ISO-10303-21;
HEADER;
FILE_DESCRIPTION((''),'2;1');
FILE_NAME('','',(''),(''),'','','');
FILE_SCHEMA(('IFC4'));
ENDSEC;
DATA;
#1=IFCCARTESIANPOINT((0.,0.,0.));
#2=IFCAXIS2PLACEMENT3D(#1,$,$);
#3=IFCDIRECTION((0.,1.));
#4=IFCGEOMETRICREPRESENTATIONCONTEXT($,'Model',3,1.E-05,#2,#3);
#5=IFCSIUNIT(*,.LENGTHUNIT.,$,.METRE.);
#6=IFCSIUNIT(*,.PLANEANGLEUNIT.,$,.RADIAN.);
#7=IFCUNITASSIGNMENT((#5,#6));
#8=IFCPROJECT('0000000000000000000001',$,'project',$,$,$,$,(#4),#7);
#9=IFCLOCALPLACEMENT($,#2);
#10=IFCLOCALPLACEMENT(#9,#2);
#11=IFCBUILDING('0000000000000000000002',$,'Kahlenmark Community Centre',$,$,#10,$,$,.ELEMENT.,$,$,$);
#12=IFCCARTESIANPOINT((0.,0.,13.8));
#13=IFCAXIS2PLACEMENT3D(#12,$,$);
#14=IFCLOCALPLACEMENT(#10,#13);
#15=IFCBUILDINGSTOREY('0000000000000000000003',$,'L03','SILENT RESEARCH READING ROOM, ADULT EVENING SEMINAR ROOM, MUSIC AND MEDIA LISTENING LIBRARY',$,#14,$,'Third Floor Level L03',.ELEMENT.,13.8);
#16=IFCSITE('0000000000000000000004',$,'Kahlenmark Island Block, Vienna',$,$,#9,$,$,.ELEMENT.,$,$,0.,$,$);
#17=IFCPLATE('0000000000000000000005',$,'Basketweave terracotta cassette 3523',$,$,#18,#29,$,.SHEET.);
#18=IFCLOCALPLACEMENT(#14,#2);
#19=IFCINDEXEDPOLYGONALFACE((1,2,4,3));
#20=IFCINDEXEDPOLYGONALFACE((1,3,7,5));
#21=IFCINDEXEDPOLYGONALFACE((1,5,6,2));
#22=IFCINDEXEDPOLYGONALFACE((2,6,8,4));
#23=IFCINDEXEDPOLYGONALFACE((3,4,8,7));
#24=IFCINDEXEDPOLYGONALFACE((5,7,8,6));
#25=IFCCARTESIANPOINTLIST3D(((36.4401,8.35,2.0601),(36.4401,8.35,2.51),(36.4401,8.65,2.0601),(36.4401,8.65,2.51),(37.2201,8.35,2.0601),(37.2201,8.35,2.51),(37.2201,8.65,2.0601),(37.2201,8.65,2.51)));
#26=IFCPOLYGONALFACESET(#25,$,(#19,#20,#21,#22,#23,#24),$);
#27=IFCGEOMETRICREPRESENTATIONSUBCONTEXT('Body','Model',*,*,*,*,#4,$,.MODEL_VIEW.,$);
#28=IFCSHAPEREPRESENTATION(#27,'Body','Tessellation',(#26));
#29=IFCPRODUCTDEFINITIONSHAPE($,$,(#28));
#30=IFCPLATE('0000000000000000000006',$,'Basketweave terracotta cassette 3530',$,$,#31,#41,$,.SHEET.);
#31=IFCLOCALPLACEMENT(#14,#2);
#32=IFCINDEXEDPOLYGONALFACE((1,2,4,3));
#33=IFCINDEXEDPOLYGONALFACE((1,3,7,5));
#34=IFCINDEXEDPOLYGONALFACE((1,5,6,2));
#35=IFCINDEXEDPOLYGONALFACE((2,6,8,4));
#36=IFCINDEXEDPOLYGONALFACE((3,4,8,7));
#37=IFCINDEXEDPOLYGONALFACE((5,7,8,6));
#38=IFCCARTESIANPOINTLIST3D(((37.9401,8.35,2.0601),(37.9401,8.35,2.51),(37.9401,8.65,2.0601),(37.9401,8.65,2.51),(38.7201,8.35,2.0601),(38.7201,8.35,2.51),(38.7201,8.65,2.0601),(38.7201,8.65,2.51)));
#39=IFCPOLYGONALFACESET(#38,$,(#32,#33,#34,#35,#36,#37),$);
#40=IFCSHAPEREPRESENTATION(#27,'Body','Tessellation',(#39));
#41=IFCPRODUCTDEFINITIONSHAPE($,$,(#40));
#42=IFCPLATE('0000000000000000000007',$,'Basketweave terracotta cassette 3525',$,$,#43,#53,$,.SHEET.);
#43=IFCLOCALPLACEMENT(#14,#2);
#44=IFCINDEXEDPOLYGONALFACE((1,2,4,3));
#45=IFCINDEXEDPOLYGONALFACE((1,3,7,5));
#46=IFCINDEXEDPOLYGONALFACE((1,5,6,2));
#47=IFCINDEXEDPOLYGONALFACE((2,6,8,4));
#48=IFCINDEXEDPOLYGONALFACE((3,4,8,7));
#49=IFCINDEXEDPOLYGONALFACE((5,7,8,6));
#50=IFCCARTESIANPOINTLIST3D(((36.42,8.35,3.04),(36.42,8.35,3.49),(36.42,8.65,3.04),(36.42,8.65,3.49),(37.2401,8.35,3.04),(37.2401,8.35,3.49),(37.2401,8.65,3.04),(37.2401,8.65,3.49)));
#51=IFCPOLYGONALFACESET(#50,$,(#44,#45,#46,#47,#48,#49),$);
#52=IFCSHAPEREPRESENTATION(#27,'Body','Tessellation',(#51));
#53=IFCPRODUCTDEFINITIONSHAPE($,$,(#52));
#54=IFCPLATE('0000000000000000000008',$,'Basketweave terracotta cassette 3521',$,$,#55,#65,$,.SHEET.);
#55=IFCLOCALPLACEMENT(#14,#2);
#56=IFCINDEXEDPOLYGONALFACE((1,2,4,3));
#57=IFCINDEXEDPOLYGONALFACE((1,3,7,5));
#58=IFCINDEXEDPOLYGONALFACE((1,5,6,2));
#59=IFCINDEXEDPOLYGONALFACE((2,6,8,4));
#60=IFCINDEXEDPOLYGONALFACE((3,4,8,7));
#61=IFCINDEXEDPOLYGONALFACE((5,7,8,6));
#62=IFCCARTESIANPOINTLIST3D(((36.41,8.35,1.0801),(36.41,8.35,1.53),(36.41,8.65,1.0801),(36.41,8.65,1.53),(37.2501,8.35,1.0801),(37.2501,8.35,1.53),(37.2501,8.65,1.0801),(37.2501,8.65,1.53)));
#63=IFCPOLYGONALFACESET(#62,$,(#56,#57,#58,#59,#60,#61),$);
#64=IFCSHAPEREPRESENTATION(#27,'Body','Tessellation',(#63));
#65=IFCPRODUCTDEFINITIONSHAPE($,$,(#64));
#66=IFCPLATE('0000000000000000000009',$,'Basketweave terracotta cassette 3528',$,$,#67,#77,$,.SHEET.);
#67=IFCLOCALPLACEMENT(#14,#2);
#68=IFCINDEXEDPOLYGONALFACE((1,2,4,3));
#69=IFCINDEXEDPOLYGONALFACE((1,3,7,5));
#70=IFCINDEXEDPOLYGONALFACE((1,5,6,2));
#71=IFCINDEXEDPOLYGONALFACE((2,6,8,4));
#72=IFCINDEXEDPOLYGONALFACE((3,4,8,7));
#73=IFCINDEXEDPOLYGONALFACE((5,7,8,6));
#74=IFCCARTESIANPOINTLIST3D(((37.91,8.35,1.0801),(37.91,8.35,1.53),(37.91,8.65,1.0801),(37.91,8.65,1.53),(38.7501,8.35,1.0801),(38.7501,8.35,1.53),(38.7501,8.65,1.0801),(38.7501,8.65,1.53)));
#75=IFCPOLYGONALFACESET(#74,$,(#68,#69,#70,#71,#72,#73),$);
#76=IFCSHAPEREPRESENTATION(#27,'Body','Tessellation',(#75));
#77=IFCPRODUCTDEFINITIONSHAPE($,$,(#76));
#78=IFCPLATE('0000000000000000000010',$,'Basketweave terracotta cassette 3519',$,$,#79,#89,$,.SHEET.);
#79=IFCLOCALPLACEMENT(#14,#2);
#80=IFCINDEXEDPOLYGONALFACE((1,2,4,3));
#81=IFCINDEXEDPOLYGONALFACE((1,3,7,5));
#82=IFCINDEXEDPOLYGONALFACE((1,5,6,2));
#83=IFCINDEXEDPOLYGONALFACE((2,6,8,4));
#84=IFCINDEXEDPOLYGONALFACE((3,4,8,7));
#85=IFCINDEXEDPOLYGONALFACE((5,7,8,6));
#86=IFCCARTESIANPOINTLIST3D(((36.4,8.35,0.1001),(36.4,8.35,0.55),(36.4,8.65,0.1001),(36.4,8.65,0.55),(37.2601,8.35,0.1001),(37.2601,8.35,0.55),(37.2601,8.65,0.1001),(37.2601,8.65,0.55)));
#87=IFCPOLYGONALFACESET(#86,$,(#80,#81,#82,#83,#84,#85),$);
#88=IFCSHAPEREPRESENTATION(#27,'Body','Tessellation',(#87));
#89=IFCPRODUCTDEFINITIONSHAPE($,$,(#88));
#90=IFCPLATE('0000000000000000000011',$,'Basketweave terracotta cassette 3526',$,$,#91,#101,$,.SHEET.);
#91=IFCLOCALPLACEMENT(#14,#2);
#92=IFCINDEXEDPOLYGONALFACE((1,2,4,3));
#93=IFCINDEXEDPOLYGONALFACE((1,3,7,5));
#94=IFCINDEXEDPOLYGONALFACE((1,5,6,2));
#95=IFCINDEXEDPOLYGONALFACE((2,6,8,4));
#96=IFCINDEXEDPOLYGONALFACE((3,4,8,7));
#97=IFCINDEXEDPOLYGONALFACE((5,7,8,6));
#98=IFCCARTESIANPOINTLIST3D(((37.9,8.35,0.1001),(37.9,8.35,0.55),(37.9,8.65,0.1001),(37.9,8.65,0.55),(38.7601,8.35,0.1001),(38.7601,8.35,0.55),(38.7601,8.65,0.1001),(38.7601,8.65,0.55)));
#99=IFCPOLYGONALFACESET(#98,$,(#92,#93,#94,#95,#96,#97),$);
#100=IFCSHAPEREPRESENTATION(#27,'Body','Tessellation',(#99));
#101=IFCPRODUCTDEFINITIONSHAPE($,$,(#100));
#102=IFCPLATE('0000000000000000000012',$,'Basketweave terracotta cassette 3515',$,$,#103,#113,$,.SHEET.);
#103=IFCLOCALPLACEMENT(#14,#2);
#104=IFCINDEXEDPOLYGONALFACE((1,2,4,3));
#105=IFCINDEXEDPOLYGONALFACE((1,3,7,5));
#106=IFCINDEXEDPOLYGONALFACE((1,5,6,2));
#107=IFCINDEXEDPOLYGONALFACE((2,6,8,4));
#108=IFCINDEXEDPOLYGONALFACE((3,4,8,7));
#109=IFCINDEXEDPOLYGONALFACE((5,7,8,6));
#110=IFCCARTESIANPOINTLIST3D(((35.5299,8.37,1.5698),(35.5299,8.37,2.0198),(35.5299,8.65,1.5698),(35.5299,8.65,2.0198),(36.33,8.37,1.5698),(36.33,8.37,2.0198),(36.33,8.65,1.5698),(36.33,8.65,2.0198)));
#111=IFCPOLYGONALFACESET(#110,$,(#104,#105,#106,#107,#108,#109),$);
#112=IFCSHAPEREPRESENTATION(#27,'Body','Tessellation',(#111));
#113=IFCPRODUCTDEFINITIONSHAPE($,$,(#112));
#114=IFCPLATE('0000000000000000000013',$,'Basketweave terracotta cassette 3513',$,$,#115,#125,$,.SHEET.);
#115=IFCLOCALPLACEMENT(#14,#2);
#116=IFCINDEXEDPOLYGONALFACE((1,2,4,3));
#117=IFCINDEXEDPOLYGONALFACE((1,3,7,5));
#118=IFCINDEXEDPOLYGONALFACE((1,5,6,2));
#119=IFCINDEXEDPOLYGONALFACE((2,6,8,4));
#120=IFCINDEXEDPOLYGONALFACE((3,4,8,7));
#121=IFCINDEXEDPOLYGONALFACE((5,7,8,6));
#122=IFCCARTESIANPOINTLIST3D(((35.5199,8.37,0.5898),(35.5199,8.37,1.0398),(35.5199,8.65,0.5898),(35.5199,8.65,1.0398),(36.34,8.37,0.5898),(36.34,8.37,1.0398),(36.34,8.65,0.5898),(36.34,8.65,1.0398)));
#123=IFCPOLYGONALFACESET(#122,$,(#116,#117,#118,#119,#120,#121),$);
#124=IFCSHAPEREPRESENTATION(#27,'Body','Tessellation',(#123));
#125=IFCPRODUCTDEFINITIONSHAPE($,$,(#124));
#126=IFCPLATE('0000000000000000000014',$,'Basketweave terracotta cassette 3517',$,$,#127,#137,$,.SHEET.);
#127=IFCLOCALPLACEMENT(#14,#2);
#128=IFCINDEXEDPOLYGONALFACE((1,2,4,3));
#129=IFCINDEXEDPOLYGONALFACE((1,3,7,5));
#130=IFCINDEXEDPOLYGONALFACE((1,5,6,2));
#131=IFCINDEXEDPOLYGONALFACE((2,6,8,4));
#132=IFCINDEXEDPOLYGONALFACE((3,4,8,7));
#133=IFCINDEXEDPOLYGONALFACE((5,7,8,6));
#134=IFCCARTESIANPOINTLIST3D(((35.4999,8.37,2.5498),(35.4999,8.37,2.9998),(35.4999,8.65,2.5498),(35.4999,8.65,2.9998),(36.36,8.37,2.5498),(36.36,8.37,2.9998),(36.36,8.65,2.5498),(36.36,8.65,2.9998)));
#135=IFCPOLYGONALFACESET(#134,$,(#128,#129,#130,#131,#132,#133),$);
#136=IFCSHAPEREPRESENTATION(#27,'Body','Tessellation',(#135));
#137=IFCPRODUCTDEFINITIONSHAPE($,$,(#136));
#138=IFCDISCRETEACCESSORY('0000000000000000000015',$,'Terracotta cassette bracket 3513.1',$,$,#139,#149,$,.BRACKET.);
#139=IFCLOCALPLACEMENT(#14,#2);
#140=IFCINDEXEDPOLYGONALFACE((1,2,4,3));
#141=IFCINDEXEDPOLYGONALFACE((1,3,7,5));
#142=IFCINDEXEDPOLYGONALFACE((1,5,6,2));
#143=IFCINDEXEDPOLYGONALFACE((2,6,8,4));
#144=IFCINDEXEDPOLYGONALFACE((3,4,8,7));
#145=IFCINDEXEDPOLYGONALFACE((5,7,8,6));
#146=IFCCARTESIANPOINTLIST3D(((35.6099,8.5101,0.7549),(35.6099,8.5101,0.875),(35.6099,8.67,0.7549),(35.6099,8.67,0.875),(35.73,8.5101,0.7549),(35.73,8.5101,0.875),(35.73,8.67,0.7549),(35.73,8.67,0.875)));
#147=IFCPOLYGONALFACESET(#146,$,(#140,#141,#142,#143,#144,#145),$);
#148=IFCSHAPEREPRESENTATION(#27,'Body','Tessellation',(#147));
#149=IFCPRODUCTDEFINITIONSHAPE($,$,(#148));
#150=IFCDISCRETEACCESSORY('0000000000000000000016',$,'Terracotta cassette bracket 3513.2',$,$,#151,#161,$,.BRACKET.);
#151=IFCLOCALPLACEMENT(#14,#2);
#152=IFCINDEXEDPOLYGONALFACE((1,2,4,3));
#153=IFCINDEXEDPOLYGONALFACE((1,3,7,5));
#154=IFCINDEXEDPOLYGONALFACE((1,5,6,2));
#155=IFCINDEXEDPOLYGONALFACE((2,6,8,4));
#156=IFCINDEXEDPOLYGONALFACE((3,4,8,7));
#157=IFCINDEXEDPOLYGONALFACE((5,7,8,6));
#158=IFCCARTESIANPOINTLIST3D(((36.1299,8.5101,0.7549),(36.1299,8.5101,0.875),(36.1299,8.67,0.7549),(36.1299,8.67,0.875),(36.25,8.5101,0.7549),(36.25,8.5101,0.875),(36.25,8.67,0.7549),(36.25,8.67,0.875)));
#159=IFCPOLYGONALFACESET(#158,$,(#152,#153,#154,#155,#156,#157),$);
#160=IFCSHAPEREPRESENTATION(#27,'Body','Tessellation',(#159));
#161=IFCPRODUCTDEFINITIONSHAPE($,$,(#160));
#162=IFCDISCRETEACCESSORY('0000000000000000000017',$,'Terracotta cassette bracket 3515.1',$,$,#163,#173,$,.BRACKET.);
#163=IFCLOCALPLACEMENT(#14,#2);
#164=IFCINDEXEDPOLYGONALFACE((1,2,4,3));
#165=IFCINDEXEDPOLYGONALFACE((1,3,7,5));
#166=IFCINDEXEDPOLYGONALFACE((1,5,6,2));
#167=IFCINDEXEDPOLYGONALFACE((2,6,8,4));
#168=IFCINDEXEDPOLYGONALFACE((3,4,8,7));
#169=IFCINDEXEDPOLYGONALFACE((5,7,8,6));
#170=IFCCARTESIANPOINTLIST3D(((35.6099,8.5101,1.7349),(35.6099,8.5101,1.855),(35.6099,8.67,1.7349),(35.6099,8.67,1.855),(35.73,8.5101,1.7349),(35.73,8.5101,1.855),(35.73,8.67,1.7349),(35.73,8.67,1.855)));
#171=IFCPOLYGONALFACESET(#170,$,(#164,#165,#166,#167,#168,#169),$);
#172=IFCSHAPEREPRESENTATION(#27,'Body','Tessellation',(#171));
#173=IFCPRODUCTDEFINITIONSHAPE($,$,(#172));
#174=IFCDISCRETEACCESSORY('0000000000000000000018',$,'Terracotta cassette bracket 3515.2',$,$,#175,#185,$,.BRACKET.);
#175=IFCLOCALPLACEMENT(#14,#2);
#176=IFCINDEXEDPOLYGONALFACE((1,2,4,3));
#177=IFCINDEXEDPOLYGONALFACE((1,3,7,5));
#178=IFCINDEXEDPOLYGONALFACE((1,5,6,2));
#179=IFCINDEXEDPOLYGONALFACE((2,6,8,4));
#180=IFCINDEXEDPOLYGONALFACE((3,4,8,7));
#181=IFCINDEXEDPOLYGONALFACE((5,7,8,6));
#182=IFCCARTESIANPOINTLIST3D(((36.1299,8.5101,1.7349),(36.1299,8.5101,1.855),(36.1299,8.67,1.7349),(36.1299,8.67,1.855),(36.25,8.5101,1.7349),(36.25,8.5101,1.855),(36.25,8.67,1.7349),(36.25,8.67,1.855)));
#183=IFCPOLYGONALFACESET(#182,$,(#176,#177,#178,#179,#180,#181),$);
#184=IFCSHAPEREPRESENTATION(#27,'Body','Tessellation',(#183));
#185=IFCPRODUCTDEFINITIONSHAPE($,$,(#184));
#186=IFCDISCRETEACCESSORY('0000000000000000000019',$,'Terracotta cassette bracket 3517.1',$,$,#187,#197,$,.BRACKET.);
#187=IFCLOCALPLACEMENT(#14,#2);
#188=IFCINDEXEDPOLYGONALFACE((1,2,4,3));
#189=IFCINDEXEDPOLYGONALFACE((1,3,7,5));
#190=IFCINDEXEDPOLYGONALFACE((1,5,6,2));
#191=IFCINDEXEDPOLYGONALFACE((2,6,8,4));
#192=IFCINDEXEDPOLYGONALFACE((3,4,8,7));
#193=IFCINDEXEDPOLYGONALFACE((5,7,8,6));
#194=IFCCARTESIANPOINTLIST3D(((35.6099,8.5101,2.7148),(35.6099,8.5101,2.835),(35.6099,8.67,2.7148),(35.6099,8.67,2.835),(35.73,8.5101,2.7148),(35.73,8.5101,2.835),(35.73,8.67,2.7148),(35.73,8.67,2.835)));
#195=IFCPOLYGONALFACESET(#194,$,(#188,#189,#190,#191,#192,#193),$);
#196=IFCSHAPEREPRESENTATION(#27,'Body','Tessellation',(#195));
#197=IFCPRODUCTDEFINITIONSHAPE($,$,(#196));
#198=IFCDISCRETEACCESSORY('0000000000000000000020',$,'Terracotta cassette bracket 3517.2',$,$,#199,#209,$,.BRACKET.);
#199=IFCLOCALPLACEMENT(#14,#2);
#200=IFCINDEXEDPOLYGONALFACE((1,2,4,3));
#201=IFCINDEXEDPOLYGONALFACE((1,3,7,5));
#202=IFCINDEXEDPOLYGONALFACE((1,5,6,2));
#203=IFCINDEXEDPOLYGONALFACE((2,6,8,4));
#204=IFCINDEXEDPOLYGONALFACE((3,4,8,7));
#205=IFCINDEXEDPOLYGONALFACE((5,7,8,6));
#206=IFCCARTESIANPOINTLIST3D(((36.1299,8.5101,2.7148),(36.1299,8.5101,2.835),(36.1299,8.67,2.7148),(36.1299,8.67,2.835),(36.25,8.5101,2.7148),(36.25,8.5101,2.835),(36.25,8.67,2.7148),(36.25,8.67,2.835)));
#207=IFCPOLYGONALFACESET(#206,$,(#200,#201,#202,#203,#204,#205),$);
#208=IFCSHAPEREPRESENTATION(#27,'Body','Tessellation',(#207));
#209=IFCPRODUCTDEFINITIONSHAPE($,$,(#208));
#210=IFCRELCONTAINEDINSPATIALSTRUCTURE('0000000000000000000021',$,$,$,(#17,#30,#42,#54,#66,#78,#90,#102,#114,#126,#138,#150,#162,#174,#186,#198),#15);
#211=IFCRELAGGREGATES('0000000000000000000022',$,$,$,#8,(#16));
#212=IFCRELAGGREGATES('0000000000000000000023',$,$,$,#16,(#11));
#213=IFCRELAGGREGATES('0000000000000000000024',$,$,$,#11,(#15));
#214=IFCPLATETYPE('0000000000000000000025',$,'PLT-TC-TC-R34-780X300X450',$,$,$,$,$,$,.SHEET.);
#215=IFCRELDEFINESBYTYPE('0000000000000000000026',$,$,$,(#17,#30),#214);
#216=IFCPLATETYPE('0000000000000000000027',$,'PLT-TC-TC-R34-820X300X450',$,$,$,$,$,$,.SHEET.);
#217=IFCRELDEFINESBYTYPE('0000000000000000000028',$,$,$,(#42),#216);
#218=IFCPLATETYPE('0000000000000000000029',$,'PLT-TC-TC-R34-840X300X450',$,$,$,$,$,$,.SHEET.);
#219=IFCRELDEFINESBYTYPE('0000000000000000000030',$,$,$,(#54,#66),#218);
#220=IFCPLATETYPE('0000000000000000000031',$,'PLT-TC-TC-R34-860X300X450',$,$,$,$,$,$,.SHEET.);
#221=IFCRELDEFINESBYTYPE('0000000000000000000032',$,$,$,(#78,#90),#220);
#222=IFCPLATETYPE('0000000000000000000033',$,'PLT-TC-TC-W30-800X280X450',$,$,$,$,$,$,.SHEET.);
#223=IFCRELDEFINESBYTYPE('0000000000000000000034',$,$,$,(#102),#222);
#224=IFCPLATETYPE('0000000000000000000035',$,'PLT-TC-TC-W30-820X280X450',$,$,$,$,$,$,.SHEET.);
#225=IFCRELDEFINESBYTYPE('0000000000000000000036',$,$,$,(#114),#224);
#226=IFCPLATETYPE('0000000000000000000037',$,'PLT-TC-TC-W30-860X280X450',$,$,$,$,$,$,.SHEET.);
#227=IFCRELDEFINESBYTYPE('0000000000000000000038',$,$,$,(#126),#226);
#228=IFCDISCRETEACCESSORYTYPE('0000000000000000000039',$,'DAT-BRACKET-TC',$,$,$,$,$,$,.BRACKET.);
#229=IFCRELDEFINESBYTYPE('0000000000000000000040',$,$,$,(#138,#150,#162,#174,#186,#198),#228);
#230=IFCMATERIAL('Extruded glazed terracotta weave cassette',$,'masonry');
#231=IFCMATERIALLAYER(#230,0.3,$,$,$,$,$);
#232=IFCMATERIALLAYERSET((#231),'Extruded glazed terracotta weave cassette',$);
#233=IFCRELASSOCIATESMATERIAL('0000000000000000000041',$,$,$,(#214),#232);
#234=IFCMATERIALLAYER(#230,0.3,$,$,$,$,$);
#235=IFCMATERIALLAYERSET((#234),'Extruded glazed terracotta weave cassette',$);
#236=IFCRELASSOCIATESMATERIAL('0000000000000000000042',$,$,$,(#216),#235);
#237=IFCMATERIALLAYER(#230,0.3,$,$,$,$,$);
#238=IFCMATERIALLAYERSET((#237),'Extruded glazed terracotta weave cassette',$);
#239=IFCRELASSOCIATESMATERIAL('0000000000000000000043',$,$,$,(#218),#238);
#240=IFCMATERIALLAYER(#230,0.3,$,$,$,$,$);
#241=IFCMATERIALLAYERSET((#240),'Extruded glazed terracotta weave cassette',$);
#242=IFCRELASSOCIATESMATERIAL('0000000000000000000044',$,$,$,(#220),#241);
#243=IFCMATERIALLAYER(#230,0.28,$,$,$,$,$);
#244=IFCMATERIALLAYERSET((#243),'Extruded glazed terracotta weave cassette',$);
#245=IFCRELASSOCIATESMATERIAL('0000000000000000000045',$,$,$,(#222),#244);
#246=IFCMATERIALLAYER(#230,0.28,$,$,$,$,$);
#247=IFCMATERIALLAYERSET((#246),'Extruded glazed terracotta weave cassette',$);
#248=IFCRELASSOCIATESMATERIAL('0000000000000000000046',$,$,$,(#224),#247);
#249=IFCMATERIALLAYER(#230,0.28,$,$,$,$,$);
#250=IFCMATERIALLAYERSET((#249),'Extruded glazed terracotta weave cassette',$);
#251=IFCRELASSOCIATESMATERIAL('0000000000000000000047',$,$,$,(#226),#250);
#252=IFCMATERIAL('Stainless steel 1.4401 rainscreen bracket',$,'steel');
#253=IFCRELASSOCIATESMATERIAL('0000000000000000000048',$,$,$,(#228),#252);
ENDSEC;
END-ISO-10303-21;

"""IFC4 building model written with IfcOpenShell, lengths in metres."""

from ifc_helpers import new_model, si_unit, direction, frame, origin, origin_2d, place, context, subcontext, project, spatial, rectangle, extrude, material, layer, layer_set, type_object, element, save


model = new_model("IFC4")

# Units and contexts
model_context = context("Model", 3, precision=1e-05, world=origin(), true_north=direction((0.0, 1.0)))
body_context = subcontext(model_context, "Body", "Model", "MODEL_VIEW")
ifc_project = project(units=[si_unit("LENGTHUNIT", "METRE"), si_unit("PLANEANGLEUNIT", "RADIAN")], contexts=[model_context])

# Site, building, storey
site_placement = place(None, origin())
site = spatial("IfcSite", under=ifc_project, at=site_placement, Name="Kahlenmark Island Block, Vienna", CompositionType="ELEMENT", RefElevation=0.0)
building_placement = place(site_placement, origin())
building = spatial("IfcBuilding", under=site, at=building_placement, Name="Kahlenmark Community Centre", CompositionType="ELEMENT")
storey_placement = place(building_placement, frame((0.0, 0.0, 13.8)))
storey = spatial("IfcBuildingStorey", under=building, at=storey_placement, Name="L03", Description="SILENT RESEARCH READING ROOM, ADULT EVENING SEMINAR ROOM, MUSIC AND MEDIA LISTENING LIBRARY", LongName="Third Floor Level L03", CompositionType="ELEMENT", Elevation=13.8)

# Plates
ifc_material_1 = material(Name="Extruded glazed terracotta weave cassette", Category="masonry")
ifc_layer_1 = layer(ifc_material_1, 0.3)
ifc_layer_set_1 = layer_set([ifc_layer_1], Name="Extruded glazed terracotta weave cassette")
plate_type_1 = type_object("IfcPlateType", Name="PLT-TC-TC-R34-780X300X450", PredefinedType="SHEET", material=ifc_layer_set_1)
for number, where, z_axis, x_axis, name in (
    (1, (36.8301, 8.5, 2.0601), (0.0, 0.0, 1.0), (1.0, 0.0, 0.0), "Basketweave terracotta cassette 3523"),
    (2, (38.3301, 8.5, 2.0601), (0.0, 0.0, 1.0), (1.0, 0.0, 0.0), "Basketweave terracotta cassette 3530"),
):
    element("IfcPlate", number, at=place(storey_placement, frame(where, z_axis=z_axis, x_axis=x_axis)), inside=storey, type_object=plate_type_1, Name=name, PredefinedType="SHEET", context=body_context, shape_type="SweptSolid", body=[
        extrude(rectangle(XDim=0.78, YDim=0.3, at=origin_2d()), origin(), (0.0, 0.0, 1.0), 0.45),
    ])
ifc_layer_2 = layer(ifc_material_1, 0.3)
ifc_layer_set_2 = layer_set([ifc_layer_2], Name="Extruded glazed terracotta weave cassette")
plate_type_2 = type_object("IfcPlateType", Name="PLT-TC-TC-R34-820X300X450", PredefinedType="SHEET", material=ifc_layer_set_2)
plate_1_placement = place(storey_placement, frame((36.8301, 8.5, 3.04), z_axis=(0.0, 0.0, 1.0), x_axis=(1.0, 0.0, 0.0)))
element("IfcPlate", 3, at=plate_1_placement, inside=storey, type_object=plate_type_2, Name="Basketweave terracotta cassette 3525", PredefinedType="SHEET", context=body_context, shape_type="SweptSolid", body=[
    extrude(rectangle(XDim=0.8201, YDim=0.3, at=origin_2d()), origin(), (0.0, 0.0, 1.0), 0.45),
])
ifc_layer_3 = layer(ifc_material_1, 0.3)
ifc_layer_set_3 = layer_set([ifc_layer_3], Name="Extruded glazed terracotta weave cassette")
plate_type_3 = type_object("IfcPlateType", Name="PLT-TC-TC-R34-840X300X450", PredefinedType="SHEET", material=ifc_layer_set_3)
for number, where, z_axis, x_axis, name in (
    (4, (36.8301, 8.5, 1.0801), (0.0, 0.0, 1.0), (1.0, 0.0, 0.0), "Basketweave terracotta cassette 3521"),
    (5, (38.3301, 8.5, 1.0801), (0.0, 0.0, 1.0), (1.0, 0.0, 0.0), "Basketweave terracotta cassette 3528"),
):
    element("IfcPlate", number, at=place(storey_placement, frame(where, z_axis=z_axis, x_axis=x_axis)), inside=storey, type_object=plate_type_3, Name=name, PredefinedType="SHEET", context=body_context, shape_type="SweptSolid", body=[
        extrude(rectangle(XDim=0.8401, YDim=0.3, at=origin_2d()), origin(), (0.0, 0.0, 1.0), 0.45),
    ])
ifc_layer_4 = layer(ifc_material_1, 0.3)
ifc_layer_set_4 = layer_set([ifc_layer_4], Name="Extruded glazed terracotta weave cassette")
plate_type_4 = type_object("IfcPlateType", Name="PLT-TC-TC-R34-860X300X450", PredefinedType="SHEET", material=ifc_layer_set_4)
for number, where, z_axis, x_axis, name in (
    (6, (36.8301, 8.5, 0.1001), (0.0, 0.0, 1.0), (1.0, 0.0, 0.0), "Basketweave terracotta cassette 3519"),
    (7, (38.3301, 8.5, 0.1001), (0.0, 0.0, 1.0), (1.0, 0.0, 0.0), "Basketweave terracotta cassette 3526"),
):
    element("IfcPlate", number, at=place(storey_placement, frame(where, z_axis=z_axis, x_axis=x_axis)), inside=storey, type_object=plate_type_4, Name=name, PredefinedType="SHEET", context=body_context, shape_type="SweptSolid", body=[
        extrude(rectangle(XDim=0.8601, YDim=0.3, at=origin_2d()), origin(), (0.0, 0.0, 1.0), 0.45),
    ])
ifc_layer_5 = layer(ifc_material_1, 0.28)
ifc_layer_set_5 = layer_set([ifc_layer_5], Name="Extruded glazed terracotta weave cassette")
plate_type_5 = type_object("IfcPlateType", Name="PLT-TC-TC-W30-800X280X450", PredefinedType="SHEET", material=ifc_layer_set_5)
plate_2_placement = place(storey_placement, frame((35.9299, 8.51, 1.5698), z_axis=(0.0, 0.0, 1.0), x_axis=(1.0, 0.0, 0.0)))
element("IfcPlate", 8, at=plate_2_placement, inside=storey, type_object=plate_type_5, Name="Basketweave terracotta cassette 3515", PredefinedType="SHEET", context=body_context, shape_type="SweptSolid", body=[
    extrude(rectangle(XDim=0.8, YDim=0.28, at=origin_2d()), origin(), (0.0, 0.0, 1.0), 0.45),
])
ifc_layer_6 = layer(ifc_material_1, 0.28)
ifc_layer_set_6 = layer_set([ifc_layer_6], Name="Extruded glazed terracotta weave cassette")
plate_type_6 = type_object("IfcPlateType", Name="PLT-TC-TC-W30-820X280X450", PredefinedType="SHEET", material=ifc_layer_set_6)
plate_3_placement = place(storey_placement, frame((35.9299, 8.51, 0.5898), z_axis=(0.0, 0.0, 1.0), x_axis=(1.0, 0.0, 0.0)))
element("IfcPlate", 9, at=plate_3_placement, inside=storey, type_object=plate_type_6, Name="Basketweave terracotta cassette 3513", PredefinedType="SHEET", context=body_context, shape_type="SweptSolid", body=[
    extrude(rectangle(XDim=0.8201, YDim=0.28, at=origin_2d()), origin(), (0.0, 0.0, 1.0), 0.45),
])
ifc_layer_7 = layer(ifc_material_1, 0.28)
ifc_layer_set_7 = layer_set([ifc_layer_7], Name="Extruded glazed terracotta weave cassette")
plate_type_7 = type_object("IfcPlateType", Name="PLT-TC-TC-W30-860X280X450", PredefinedType="SHEET", material=ifc_layer_set_7)
plate_4_placement = place(storey_placement, frame((35.9299, 8.51, 2.5498), z_axis=(0.0, 0.0, 1.0), x_axis=(1.0, 0.0, 0.0)))
element("IfcPlate", 10, at=plate_4_placement, inside=storey, type_object=plate_type_7, Name="Basketweave terracotta cassette 3517", PredefinedType="SHEET", context=body_context, shape_type="SweptSolid", body=[
    extrude(rectangle(XDim=0.8601, YDim=0.28, at=origin_2d()), origin(), (0.0, 0.0, 1.0), 0.45),
])

# Discrete accessories
ifc_material_2 = material(Name="Stainless steel 1.4401 rainscreen bracket", Category="steel")
discrete_accessory_type = type_object("IfcDiscreteAccessoryType", Name="DAT-BRACKET-TC", PredefinedType="BRACKET", material=ifc_material_2)
for number, where, z_axis, x_axis, name in (
    (11, (35.6699, 8.5901, 0.7549), (0.0, 0.0, 1.0), (1.0, 0.0, 0.0), "Terracotta cassette bracket 3513.1"),
    (12, (36.1899, 8.5901, 0.7549), (0.0, 0.0, 1.0), (1.0, 0.0, 0.0), "Terracotta cassette bracket 3513.2"),
    (13, (35.6699, 8.5901, 1.7349), (0.0, 0.0, 1.0), (1.0, 0.0, 0.0), "Terracotta cassette bracket 3515.1"),
    (14, (36.1899, 8.5901, 1.7349), (0.0, 0.0, 1.0), (1.0, 0.0, 0.0), "Terracotta cassette bracket 3515.2"),
    (15, (35.6699, 8.5901, 2.7148), (0.0, 0.0, 1.0), (1.0, 0.0, 0.0), "Terracotta cassette bracket 3517.1"),
    (16, (36.1899, 8.5901, 2.7148), (0.0, 0.0, 1.0), (1.0, 0.0, 0.0), "Terracotta cassette bracket 3517.2"),
):
    element("IfcDiscreteAccessory", number, at=place(storey_placement, frame(where, z_axis=z_axis, x_axis=x_axis)), inside=storey, type_object=discrete_accessory_type, Name=name, PredefinedType="BRACKET", context=body_context, shape_type="SweptSolid", body=[
        extrude(rectangle(XDim=0.1201, YDim=0.1599, at=origin_2d()), origin(), (0.0, 0.0, 1.0), 0.1201),
    ])

save(model, "model.ifc")
